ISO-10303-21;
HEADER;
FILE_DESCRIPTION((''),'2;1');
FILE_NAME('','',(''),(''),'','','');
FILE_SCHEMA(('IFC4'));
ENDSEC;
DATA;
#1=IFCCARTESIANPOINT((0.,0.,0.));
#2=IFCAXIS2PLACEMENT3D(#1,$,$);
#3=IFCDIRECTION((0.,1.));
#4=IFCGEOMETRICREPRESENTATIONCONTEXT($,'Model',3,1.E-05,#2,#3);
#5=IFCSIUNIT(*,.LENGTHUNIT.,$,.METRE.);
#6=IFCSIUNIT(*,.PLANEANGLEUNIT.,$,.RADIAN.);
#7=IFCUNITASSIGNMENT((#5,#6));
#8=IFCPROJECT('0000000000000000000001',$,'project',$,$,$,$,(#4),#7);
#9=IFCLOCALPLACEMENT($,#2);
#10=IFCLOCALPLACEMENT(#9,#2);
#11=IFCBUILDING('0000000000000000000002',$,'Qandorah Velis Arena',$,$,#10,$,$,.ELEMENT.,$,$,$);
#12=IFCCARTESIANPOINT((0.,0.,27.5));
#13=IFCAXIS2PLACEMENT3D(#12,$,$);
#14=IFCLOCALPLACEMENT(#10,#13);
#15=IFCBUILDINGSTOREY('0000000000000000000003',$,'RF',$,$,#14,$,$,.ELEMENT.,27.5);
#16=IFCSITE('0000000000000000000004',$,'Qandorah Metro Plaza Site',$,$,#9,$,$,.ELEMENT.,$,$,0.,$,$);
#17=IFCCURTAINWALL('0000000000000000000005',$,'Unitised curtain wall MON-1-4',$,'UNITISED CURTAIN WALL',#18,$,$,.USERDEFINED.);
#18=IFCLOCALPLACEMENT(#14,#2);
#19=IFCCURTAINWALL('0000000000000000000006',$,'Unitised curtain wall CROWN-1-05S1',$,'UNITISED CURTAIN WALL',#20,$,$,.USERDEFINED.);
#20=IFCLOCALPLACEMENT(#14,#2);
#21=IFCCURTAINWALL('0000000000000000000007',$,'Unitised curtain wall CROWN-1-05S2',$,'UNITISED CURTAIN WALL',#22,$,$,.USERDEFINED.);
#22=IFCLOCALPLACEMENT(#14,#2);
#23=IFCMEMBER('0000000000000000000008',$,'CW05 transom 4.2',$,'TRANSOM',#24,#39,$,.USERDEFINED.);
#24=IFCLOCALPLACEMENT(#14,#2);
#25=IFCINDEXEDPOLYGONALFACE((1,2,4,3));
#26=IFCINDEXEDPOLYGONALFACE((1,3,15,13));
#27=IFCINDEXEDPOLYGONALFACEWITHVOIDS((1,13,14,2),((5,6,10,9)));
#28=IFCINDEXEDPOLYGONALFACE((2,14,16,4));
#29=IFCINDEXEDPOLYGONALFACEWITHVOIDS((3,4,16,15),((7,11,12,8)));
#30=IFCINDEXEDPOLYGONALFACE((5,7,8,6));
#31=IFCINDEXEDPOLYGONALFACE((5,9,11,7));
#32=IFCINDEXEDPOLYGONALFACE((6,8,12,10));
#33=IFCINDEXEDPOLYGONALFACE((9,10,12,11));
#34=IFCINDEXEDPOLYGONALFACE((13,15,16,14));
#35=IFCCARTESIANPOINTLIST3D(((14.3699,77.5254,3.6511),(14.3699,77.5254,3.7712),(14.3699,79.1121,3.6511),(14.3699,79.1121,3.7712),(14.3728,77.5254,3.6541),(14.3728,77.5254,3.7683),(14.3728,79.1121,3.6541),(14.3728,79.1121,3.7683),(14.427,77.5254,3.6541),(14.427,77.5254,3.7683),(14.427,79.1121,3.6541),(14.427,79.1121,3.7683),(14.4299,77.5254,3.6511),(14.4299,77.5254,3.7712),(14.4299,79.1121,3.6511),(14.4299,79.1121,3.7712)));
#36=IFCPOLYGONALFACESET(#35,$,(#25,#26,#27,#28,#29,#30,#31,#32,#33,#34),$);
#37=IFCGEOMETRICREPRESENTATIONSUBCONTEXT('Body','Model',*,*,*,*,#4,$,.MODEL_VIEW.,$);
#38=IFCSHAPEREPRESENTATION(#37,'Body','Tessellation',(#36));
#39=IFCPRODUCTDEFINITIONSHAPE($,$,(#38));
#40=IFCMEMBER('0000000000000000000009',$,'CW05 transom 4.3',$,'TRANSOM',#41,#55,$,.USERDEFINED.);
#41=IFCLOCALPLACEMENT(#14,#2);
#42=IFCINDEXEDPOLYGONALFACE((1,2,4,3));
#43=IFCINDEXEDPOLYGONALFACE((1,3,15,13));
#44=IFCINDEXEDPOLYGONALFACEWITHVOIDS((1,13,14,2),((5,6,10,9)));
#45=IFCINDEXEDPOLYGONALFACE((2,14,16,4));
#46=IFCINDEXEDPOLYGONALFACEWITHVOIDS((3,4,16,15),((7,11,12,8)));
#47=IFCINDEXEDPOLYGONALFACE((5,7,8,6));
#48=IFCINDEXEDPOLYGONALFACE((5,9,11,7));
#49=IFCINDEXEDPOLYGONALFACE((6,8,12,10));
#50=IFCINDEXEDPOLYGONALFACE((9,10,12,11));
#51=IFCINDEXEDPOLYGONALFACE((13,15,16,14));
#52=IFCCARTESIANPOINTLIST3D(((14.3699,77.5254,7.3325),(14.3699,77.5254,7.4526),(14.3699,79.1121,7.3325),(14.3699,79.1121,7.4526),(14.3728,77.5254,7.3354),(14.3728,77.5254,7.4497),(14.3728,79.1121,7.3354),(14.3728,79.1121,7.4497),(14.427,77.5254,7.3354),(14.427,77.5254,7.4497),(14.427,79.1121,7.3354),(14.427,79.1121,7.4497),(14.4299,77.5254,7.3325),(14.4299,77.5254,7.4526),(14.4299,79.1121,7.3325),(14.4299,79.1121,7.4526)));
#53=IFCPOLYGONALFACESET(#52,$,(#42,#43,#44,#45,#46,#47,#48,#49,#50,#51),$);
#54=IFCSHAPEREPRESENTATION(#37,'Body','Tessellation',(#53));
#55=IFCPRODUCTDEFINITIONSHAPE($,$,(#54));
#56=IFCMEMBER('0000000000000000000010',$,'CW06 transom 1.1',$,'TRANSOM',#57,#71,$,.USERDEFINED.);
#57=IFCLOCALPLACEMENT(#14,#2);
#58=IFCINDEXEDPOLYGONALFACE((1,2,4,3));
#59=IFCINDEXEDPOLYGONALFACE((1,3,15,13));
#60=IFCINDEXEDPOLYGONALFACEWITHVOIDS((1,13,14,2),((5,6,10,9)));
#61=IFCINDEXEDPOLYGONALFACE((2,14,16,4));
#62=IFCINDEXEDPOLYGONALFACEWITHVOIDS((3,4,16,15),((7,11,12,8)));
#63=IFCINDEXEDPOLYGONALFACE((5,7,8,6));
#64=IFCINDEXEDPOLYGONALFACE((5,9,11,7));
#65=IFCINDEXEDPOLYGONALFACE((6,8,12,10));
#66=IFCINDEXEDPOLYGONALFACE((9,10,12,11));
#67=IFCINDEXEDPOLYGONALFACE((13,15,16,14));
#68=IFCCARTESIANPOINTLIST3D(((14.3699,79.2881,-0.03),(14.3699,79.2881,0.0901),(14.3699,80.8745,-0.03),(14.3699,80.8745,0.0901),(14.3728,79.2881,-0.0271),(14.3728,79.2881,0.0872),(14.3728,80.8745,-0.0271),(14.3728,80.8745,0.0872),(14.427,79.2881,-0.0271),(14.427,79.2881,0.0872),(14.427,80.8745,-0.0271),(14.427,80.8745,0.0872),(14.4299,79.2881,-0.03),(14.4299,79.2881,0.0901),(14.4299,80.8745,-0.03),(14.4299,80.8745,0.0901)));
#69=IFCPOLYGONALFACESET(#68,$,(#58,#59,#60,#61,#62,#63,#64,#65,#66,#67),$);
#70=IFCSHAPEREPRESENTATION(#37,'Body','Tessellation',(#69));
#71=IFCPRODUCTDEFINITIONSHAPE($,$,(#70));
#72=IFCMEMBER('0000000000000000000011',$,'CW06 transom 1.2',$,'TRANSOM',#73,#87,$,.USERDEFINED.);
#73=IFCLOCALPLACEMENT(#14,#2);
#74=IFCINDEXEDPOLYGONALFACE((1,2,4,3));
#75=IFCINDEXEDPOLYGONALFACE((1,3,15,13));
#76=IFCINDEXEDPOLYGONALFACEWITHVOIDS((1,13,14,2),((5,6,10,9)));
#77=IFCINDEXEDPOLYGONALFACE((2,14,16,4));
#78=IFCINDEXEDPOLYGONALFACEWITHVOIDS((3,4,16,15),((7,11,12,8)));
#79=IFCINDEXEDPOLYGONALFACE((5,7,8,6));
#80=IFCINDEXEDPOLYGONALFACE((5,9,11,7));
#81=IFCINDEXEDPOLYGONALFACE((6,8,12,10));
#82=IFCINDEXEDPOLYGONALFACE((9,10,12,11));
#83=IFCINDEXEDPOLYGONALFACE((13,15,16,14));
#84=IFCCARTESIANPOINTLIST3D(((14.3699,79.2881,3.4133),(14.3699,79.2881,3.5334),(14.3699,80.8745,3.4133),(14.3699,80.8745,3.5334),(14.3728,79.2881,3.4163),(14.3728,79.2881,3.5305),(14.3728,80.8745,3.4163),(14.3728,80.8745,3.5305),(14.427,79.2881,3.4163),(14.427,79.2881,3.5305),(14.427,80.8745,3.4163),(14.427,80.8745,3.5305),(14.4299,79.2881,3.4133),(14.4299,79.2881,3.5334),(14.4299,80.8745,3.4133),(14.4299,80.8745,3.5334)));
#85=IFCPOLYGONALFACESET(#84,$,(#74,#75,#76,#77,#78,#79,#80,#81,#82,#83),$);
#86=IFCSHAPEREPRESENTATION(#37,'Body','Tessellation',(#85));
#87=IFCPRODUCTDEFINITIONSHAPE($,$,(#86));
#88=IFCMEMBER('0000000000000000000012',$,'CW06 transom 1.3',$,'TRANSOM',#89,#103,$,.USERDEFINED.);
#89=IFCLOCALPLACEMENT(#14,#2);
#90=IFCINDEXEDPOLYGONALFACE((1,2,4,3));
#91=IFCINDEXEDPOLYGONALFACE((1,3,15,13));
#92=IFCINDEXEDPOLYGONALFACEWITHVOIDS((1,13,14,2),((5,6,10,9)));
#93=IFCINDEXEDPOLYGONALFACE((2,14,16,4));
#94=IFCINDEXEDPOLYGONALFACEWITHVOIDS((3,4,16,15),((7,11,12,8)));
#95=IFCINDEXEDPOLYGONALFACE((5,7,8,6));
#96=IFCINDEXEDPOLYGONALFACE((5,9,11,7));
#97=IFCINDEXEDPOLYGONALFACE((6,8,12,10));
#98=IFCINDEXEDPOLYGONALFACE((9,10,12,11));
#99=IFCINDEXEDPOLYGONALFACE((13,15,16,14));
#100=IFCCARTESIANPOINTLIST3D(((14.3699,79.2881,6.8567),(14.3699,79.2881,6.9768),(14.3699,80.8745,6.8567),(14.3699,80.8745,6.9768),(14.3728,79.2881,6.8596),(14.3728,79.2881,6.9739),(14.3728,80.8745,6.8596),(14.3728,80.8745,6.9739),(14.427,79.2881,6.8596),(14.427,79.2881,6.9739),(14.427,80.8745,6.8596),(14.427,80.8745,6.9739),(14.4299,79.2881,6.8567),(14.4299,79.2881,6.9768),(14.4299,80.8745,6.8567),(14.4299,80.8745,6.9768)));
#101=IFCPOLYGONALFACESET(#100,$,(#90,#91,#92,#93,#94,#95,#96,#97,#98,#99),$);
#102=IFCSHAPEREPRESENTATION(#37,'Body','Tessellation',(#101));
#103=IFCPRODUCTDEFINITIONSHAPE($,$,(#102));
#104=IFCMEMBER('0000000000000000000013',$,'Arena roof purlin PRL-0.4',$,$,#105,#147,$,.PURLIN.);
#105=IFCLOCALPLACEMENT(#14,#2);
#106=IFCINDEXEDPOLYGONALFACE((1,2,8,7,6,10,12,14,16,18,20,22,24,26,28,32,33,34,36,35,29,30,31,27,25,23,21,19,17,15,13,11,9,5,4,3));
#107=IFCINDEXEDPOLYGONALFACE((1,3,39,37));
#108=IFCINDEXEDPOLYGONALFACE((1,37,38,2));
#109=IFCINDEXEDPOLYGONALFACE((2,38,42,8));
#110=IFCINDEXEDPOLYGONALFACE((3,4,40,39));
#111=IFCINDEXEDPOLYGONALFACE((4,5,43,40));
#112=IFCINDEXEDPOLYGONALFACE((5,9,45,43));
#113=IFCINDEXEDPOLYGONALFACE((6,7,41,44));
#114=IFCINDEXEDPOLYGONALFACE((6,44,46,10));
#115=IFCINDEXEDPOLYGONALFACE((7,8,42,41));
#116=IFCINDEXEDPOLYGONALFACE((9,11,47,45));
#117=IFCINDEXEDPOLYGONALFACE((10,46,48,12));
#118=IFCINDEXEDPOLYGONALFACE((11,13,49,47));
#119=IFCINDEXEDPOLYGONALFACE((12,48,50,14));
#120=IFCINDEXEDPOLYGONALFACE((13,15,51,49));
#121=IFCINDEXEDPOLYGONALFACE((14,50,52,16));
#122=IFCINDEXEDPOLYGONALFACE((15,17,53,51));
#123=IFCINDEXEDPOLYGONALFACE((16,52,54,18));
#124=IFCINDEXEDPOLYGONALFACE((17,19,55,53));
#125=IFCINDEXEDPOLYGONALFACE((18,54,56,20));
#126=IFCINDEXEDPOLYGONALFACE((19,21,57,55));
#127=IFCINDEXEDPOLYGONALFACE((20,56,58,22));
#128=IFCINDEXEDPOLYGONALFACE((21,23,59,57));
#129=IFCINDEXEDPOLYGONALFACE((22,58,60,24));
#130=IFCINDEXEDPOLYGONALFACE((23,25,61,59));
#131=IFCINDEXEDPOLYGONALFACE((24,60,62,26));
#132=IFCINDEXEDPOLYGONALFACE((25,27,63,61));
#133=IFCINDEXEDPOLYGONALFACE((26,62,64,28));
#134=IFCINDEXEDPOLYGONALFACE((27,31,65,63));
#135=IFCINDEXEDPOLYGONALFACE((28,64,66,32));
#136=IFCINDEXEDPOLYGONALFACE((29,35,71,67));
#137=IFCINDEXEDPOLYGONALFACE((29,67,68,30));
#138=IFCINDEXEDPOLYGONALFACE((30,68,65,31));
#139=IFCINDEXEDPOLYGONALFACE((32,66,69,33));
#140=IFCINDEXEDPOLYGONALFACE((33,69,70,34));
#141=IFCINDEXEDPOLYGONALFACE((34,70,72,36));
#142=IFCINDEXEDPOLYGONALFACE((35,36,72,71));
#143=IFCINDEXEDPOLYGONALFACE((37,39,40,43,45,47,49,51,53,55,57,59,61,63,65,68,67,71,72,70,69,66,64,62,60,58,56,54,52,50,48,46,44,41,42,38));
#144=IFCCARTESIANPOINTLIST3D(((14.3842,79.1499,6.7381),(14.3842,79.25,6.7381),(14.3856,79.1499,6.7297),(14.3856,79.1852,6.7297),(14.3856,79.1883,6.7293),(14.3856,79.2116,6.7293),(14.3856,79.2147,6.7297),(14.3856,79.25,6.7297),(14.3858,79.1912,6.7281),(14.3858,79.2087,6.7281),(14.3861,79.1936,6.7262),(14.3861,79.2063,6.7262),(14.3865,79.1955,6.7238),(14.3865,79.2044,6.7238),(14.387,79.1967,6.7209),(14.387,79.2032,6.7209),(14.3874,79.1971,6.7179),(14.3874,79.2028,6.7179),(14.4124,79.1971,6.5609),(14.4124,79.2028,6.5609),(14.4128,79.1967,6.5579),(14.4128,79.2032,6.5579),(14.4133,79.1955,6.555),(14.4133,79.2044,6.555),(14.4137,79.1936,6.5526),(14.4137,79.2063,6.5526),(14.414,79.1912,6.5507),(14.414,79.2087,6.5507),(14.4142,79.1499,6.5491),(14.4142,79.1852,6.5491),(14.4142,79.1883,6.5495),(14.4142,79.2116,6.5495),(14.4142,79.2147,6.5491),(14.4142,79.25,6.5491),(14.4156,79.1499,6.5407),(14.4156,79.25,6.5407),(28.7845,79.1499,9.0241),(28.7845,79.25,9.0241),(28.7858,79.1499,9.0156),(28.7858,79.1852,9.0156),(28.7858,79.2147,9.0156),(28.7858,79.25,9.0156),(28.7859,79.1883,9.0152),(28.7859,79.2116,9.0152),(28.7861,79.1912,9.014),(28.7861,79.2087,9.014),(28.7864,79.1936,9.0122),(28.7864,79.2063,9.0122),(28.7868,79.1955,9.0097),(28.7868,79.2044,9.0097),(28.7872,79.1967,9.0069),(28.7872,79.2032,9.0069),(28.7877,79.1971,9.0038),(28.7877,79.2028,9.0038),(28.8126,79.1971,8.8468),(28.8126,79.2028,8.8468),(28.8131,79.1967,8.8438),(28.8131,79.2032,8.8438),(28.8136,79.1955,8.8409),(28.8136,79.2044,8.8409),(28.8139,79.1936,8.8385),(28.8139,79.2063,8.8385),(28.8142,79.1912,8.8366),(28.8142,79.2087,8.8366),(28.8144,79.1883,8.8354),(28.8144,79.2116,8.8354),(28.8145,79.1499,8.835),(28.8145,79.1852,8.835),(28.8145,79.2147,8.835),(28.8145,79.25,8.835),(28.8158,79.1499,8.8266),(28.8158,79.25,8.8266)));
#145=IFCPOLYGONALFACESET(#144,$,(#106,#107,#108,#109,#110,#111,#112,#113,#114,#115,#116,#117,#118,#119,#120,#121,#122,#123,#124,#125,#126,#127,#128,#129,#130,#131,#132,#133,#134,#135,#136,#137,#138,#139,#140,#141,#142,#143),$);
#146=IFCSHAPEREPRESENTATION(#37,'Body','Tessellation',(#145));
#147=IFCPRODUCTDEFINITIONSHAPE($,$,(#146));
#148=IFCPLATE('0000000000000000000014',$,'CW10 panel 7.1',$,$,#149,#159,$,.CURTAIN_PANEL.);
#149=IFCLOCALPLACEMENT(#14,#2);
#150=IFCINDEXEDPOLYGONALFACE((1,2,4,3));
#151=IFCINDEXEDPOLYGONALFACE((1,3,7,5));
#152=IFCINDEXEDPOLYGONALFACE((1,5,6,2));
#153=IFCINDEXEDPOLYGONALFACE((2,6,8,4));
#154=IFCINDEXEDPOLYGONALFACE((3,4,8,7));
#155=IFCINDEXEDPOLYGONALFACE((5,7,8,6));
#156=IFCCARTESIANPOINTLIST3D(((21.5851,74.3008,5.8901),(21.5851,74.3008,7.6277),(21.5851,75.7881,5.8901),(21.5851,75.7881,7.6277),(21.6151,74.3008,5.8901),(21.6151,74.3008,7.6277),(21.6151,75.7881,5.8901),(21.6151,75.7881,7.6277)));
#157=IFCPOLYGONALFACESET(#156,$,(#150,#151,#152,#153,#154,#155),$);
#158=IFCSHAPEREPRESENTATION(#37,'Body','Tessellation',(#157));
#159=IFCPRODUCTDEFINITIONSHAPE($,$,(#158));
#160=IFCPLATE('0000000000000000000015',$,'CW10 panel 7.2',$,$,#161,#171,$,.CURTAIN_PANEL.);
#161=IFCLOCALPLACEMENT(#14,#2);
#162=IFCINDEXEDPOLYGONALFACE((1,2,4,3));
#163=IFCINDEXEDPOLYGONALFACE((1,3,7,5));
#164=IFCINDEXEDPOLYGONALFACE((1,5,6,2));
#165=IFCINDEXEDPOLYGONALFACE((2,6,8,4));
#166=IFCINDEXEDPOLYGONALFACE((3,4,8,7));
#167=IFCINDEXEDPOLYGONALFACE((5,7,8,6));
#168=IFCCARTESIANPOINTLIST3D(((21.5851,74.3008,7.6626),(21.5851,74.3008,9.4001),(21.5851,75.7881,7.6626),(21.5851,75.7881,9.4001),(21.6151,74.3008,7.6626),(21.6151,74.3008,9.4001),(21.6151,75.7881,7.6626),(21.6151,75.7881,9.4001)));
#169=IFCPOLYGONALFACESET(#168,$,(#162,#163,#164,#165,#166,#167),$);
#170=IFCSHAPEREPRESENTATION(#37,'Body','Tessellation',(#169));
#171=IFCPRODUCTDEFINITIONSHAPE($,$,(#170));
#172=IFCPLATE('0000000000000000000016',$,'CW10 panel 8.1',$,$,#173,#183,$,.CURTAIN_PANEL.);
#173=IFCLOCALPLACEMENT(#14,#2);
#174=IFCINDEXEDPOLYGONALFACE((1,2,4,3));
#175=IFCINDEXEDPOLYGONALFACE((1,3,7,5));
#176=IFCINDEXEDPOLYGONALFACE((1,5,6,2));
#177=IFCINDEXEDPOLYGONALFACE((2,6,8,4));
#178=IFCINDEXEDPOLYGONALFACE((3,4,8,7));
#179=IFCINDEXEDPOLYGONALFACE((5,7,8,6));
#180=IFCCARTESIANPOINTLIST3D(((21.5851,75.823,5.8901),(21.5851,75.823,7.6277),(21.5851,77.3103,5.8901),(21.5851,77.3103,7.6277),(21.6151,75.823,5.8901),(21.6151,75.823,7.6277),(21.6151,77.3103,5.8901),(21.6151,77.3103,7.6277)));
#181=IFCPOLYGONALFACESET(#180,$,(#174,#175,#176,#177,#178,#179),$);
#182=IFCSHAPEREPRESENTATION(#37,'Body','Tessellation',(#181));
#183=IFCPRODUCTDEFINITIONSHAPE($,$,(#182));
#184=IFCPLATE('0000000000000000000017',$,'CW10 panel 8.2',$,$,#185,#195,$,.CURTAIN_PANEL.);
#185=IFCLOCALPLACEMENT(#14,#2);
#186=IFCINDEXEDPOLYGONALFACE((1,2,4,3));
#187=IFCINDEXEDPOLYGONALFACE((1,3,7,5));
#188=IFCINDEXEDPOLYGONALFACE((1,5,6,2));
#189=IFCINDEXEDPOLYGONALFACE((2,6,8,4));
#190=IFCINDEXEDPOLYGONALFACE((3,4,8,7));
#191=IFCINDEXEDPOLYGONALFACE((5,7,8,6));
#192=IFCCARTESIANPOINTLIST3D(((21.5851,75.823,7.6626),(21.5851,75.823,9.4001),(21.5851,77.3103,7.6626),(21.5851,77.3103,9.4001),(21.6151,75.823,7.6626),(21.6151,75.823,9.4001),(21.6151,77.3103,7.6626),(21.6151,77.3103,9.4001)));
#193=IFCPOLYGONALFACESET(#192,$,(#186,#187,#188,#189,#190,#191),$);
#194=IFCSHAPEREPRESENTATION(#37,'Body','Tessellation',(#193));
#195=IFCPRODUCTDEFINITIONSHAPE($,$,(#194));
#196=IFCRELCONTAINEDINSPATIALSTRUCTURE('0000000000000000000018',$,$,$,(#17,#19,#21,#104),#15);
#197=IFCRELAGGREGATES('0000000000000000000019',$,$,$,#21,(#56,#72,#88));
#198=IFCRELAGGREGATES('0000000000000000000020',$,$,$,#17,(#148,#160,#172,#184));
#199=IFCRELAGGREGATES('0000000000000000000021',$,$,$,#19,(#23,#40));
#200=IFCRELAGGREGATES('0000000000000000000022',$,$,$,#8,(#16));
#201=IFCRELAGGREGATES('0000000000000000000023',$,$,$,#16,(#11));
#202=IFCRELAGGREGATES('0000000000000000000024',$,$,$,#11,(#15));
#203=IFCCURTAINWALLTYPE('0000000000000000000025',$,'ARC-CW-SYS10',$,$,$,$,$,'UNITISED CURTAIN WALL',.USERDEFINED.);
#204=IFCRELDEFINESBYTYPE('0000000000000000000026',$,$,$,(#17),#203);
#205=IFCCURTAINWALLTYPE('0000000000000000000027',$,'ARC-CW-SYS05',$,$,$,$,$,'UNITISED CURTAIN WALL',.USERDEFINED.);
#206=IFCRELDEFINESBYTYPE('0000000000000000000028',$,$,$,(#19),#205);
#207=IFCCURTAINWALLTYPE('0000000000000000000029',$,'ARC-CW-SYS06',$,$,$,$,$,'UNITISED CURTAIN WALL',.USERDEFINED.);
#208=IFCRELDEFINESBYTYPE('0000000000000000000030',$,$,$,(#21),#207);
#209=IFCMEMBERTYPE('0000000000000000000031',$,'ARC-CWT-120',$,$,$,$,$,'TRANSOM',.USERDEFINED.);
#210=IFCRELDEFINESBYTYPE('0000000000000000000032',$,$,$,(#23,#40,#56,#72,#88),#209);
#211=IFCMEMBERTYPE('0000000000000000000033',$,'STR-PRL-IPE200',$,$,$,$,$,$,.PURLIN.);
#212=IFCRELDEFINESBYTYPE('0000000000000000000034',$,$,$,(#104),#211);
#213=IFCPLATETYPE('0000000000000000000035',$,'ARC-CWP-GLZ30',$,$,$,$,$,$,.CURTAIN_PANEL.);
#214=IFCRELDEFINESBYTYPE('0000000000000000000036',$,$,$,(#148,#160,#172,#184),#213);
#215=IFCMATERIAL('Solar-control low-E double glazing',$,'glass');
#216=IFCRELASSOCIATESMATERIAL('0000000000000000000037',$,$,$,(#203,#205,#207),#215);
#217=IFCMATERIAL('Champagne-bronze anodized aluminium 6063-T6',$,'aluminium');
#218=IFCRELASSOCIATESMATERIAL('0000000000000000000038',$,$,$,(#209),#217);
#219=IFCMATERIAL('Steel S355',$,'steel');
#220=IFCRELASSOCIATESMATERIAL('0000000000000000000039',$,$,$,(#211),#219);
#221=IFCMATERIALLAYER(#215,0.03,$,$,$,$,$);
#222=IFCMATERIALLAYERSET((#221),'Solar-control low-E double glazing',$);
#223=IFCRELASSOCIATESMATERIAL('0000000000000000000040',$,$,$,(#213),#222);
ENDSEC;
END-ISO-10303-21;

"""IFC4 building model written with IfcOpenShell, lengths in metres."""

from ifc_helpers import new_model, si_unit, direction, frame, origin, origin_2d, place, context, subcontext, project, spatial, rectangle, hollow_rectangle, i_section, extrude, material, layer, layer_set, material_profile, profile_set, type_object, element, aggregate, save


model = new_model("IFC4")

# Units and contexts
model_context = context("Model", 3, precision=1e-05, world=origin(), true_north=direction((0.0, 1.0)))
body_context = subcontext(model_context, "Body", "Model", "MODEL_VIEW")
ifc_project = project(units=[si_unit("LENGTHUNIT", "METRE"), si_unit("PLANEANGLEUNIT", "RADIAN")], contexts=[model_context])

# Site, building, storey
site_placement = place(None, origin())
site = spatial("IfcSite", under=ifc_project, at=site_placement, Name="Qandorah Metro Plaza Site", CompositionType="ELEMENT", RefElevation=0.0)
building_placement = place(site_placement, origin())
building = spatial("IfcBuilding", under=site, at=building_placement, Name="Qandorah Velis Arena", CompositionType="ELEMENT")
storey_placement = place(building_placement, frame((0.0, 0.0, 27.5)))
storey = spatial("IfcBuildingStorey", under=building, at=storey_placement, Name="RF", CompositionType="ELEMENT", Elevation=27.5)

# Curtain walls
ifc_material_1 = material(Name="Solar-control low-E double glazing", Category="glass")
curtain_wall_type_1 = type_object("IfcCurtainWallType", Name="ARC-CW-SYS10", ElementType="UNITISED CURTAIN WALL", PredefinedType="USERDEFINED", material=ifc_material_1)
curtain_wall_1_placement = place(storey_placement, origin())
curtain_wall_1 = element("IfcCurtainWall", 1, at=curtain_wall_1_placement, inside=storey, type_object=curtain_wall_type_1, Name="Unitised curtain wall MON-1-4", ObjectType="UNITISED CURTAIN WALL", PredefinedType="USERDEFINED")
ifc_material_2 = material(Name="Champagne-bronze anodized aluminium 6063-T6", Category="aluminium")
curtain_wall_type_2 = type_object("IfcCurtainWallType", Name="ARC-CW-SYS05", ElementType="UNITISED CURTAIN WALL", PredefinedType="USERDEFINED", material=ifc_material_1)
curtain_wall_2_placement = place(storey_placement, origin())
curtain_wall_2 = element("IfcCurtainWall", 2, at=curtain_wall_2_placement, inside=storey, type_object=curtain_wall_type_2, Name="Unitised curtain wall CROWN-1-05S1", ObjectType="UNITISED CURTAIN WALL", PredefinedType="USERDEFINED")

# Curtain wall
curtain_wall_type_3 = type_object("IfcCurtainWallType", Name="ARC-CW-SYS06", ElementType="UNITISED CURTAIN WALL", PredefinedType="USERDEFINED", material=ifc_material_1)
curtain_wall_3_placement = place(storey_placement, origin())
curtain_wall_3 = element("IfcCurtainWall", 3, at=curtain_wall_3_placement, inside=storey, type_object=curtain_wall_type_3, Name="Unitised curtain wall CROWN-1-05S2", ObjectType="UNITISED CURTAIN WALL", PredefinedType="USERDEFINED")

# Members
ifc_material_profile_1 = material_profile(ifc_material_2, hollow_rectangle(XDim=0.0601, YDim=0.1201, WallThickness=0.0029, at=origin_2d()), Name="ALU TRANSOM 60x120")
ifc_profile_set_1 = profile_set([ifc_material_profile_1], Name="Champagne-bronze anodized aluminium 6063-T6")
member_type_1 = type_object("IfcMemberType", Name="ARC-CWT-120", ElementType="TRANSOM", PredefinedType="USERDEFINED", material=ifc_profile_set_1)
member_1_placement = place(storey_placement, frame((14.3999, 77.5254, 3.7112), z_axis=(0.0, 1.0, 0.0), x_axis=(-1.0, 0.0, 0.0)))
member_1 = element("IfcMember", 4, at=member_1_placement, type_object=member_type_1, Name="CW05 transom 4.2", ObjectType="TRANSOM", PredefinedType="USERDEFINED", context=body_context, shape_type="SweptSolid", body=[
    extrude(hollow_rectangle(XDim=0.0601, YDim=0.1201, WallThickness=0.0029, at=origin_2d()), origin(), (0.0, 0.0, 1.0), 1.5867),
])
member_2_placement = place(storey_placement, frame((14.3999, 77.5254, 7.3926), z_axis=(0.0, 1.0, 0.0), x_axis=(-1.0, 0.0, 0.0)))
member_2 = element("IfcMember", 5, at=member_2_placement, type_object=member_type_1, Name="CW05 transom 4.3", ObjectType="TRANSOM", PredefinedType="USERDEFINED", context=body_context, shape_type="SweptSolid", body=[
    extrude(hollow_rectangle(XDim=0.0601, YDim=0.1201, WallThickness=0.0029, at=origin_2d()), origin(), (0.0, 0.0, 1.0), 1.5867),
])
member_3_placement = place(storey_placement, frame((14.3999, 79.2881, 0.03), z_axis=(0.0, 1.0, 0.0), x_axis=(-1.0, 0.0, 0.0)))
member_3 = element("IfcMember", 6, at=member_3_placement, type_object=member_type_1, Name="CW06 transom 1.1", ObjectType="TRANSOM", PredefinedType="USERDEFINED", context=body_context, shape_type="SweptSolid", body=[
    extrude(hollow_rectangle(XDim=0.0601, YDim=0.1201, WallThickness=0.0029, at=origin_2d()), origin(), (0.0, 0.0, 1.0), 1.5864),
])
member_4_placement = place(storey_placement, frame((14.3999, 79.2881, 3.4734), z_axis=(0.0, 1.0, 0.0), x_axis=(-1.0, 0.0, 0.0)))
member_4 = element("IfcMember", 7, at=member_4_placement, type_object=member_type_1, Name="CW06 transom 1.2", ObjectType="TRANSOM", PredefinedType="USERDEFINED", context=body_context, shape_type="SweptSolid", body=[
    extrude(hollow_rectangle(XDim=0.0601, YDim=0.1201, WallThickness=0.0029, at=origin_2d()), origin(), (0.0, 0.0, 1.0), 1.5864),
])
member_5_placement = place(storey_placement, frame((14.3999, 79.2881, 6.9167), z_axis=(0.0, 1.0, 0.0), x_axis=(-1.0, 0.0, 0.0)))
member_5 = element("IfcMember", 8, at=member_5_placement, type_object=member_type_1, Name="CW06 transom 1.3", ObjectType="TRANSOM", PredefinedType="USERDEFINED", context=body_context, shape_type="SweptSolid", body=[
    extrude(hollow_rectangle(XDim=0.0601, YDim=0.1201, WallThickness=0.0029, at=origin_2d()), origin(), (0.0, 0.0, 1.0), 1.5864),
])
aggregate(curtain_wall_3, [member_3, member_4, member_5])
ifc_material_3 = material(Name="Steel S355", Category="steel")
ifc_material_profile_2 = material_profile(ifc_material_3, i_section(OverallWidth=0.1001, OverallDepth=0.2, WebThickness=0.0056, FlangeThickness=0.0085, FilletRadius=0.012, at=origin_2d()), Name="IPE 200")
ifc_profile_set_2 = profile_set([ifc_material_profile_2], Name="Steel S355")
member_type_2 = type_object("IfcMemberType", Name="STR-PRL-IPE200", PredefinedType="PURLIN", material=ifc_profile_set_2)
member_6_placement = place(storey_placement, frame((14.3999, 79.2, 6.6394), z_axis=(0.987634, 0.0, 0.156778), x_axis=(0.0, 1.0, 0.0)))
element("IfcMember", 9, at=member_6_placement, inside=storey, type_object=member_type_2, Name="Arena roof purlin PRL-0.4", PredefinedType="PURLIN", context=body_context, shape_type="SweptSolid", body=[
    extrude(i_section(OverallWidth=0.1001, OverallDepth=0.2, WebThickness=0.0056, FlangeThickness=0.0085, FilletRadius=0.012, at=origin_2d()), origin(), (0.0, 0.0, 1.0), 14.5806),
])

# Plates
ifc_layer_1 = layer(ifc_material_1, 0.03)
ifc_layer_set_1 = layer_set([ifc_layer_1], Name="Solar-control low-E double glazing")
plate_type_1 = type_object("IfcPlateType", Name="ARC-CWP-GLZ30", PredefinedType="CURTAIN_PANEL", material=ifc_layer_set_1)
plate_1_placement = place(storey_placement, frame((21.6001, 75.0444, 5.8901), z_axis=(0.0, 0.0, 1.0), x_axis=(0.0, 1.0, 0.0)))
plate_1 = element("IfcPlate", 10, at=plate_1_placement, type_object=plate_type_1, Name="CW10 panel 7.1", PredefinedType="CURTAIN_PANEL", context=body_context, shape_type="SweptSolid", body=[
    extrude(rectangle(XDim=1.4873, YDim=0.03, at=origin_2d()), origin(), (0.0, 0.0, 1.0), 1.7375),
])
plate_2_placement = place(storey_placement, frame((21.6001, 75.0444, 7.6626), z_axis=(0.0, 0.0, 1.0), x_axis=(0.0, 1.0, 0.0)))
plate_2 = element("IfcPlate", 11, at=plate_2_placement, type_object=plate_type_1, Name="CW10 panel 7.2", PredefinedType="CURTAIN_PANEL", context=body_context, shape_type="SweptSolid", body=[
    extrude(rectangle(XDim=1.4873, YDim=0.03, at=origin_2d()), origin(), (0.0, 0.0, 1.0), 1.7375),
])
plate_3_placement = place(storey_placement, frame((21.6001, 76.5667, 5.8901), z_axis=(0.0, 0.0, 1.0), x_axis=(0.0, 1.0, 0.0)))
plate_3 = element("IfcPlate", 12, at=plate_3_placement, type_object=plate_type_1, Name="CW10 panel 8.1", PredefinedType="CURTAIN_PANEL", context=body_context, shape_type="SweptSolid", body=[
    extrude(rectangle(XDim=1.4873, YDim=0.03, at=origin_2d()), origin(), (0.0, 0.0, 1.0), 1.7375),
])
plate_4_placement = place(storey_placement, frame((21.6001, 76.5667, 7.6626), z_axis=(0.0, 0.0, 1.0), x_axis=(0.0, 1.0, 0.0)))
plate_4 = element("IfcPlate", 13, at=plate_4_placement, type_object=plate_type_1, Name="CW10 panel 8.2", PredefinedType="CURTAIN_PANEL", context=body_context, shape_type="SweptSolid", body=[
    extrude(rectangle(XDim=1.4873, YDim=0.03, at=origin_2d()), origin(), (0.0, 0.0, 1.0), 1.7375),
])
aggregate(curtain_wall_1, [plate_1, plate_2, plate_3, plate_4])
aggregate(curtain_wall_2, [member_1, member_2])

save(model, "model.ifc")
